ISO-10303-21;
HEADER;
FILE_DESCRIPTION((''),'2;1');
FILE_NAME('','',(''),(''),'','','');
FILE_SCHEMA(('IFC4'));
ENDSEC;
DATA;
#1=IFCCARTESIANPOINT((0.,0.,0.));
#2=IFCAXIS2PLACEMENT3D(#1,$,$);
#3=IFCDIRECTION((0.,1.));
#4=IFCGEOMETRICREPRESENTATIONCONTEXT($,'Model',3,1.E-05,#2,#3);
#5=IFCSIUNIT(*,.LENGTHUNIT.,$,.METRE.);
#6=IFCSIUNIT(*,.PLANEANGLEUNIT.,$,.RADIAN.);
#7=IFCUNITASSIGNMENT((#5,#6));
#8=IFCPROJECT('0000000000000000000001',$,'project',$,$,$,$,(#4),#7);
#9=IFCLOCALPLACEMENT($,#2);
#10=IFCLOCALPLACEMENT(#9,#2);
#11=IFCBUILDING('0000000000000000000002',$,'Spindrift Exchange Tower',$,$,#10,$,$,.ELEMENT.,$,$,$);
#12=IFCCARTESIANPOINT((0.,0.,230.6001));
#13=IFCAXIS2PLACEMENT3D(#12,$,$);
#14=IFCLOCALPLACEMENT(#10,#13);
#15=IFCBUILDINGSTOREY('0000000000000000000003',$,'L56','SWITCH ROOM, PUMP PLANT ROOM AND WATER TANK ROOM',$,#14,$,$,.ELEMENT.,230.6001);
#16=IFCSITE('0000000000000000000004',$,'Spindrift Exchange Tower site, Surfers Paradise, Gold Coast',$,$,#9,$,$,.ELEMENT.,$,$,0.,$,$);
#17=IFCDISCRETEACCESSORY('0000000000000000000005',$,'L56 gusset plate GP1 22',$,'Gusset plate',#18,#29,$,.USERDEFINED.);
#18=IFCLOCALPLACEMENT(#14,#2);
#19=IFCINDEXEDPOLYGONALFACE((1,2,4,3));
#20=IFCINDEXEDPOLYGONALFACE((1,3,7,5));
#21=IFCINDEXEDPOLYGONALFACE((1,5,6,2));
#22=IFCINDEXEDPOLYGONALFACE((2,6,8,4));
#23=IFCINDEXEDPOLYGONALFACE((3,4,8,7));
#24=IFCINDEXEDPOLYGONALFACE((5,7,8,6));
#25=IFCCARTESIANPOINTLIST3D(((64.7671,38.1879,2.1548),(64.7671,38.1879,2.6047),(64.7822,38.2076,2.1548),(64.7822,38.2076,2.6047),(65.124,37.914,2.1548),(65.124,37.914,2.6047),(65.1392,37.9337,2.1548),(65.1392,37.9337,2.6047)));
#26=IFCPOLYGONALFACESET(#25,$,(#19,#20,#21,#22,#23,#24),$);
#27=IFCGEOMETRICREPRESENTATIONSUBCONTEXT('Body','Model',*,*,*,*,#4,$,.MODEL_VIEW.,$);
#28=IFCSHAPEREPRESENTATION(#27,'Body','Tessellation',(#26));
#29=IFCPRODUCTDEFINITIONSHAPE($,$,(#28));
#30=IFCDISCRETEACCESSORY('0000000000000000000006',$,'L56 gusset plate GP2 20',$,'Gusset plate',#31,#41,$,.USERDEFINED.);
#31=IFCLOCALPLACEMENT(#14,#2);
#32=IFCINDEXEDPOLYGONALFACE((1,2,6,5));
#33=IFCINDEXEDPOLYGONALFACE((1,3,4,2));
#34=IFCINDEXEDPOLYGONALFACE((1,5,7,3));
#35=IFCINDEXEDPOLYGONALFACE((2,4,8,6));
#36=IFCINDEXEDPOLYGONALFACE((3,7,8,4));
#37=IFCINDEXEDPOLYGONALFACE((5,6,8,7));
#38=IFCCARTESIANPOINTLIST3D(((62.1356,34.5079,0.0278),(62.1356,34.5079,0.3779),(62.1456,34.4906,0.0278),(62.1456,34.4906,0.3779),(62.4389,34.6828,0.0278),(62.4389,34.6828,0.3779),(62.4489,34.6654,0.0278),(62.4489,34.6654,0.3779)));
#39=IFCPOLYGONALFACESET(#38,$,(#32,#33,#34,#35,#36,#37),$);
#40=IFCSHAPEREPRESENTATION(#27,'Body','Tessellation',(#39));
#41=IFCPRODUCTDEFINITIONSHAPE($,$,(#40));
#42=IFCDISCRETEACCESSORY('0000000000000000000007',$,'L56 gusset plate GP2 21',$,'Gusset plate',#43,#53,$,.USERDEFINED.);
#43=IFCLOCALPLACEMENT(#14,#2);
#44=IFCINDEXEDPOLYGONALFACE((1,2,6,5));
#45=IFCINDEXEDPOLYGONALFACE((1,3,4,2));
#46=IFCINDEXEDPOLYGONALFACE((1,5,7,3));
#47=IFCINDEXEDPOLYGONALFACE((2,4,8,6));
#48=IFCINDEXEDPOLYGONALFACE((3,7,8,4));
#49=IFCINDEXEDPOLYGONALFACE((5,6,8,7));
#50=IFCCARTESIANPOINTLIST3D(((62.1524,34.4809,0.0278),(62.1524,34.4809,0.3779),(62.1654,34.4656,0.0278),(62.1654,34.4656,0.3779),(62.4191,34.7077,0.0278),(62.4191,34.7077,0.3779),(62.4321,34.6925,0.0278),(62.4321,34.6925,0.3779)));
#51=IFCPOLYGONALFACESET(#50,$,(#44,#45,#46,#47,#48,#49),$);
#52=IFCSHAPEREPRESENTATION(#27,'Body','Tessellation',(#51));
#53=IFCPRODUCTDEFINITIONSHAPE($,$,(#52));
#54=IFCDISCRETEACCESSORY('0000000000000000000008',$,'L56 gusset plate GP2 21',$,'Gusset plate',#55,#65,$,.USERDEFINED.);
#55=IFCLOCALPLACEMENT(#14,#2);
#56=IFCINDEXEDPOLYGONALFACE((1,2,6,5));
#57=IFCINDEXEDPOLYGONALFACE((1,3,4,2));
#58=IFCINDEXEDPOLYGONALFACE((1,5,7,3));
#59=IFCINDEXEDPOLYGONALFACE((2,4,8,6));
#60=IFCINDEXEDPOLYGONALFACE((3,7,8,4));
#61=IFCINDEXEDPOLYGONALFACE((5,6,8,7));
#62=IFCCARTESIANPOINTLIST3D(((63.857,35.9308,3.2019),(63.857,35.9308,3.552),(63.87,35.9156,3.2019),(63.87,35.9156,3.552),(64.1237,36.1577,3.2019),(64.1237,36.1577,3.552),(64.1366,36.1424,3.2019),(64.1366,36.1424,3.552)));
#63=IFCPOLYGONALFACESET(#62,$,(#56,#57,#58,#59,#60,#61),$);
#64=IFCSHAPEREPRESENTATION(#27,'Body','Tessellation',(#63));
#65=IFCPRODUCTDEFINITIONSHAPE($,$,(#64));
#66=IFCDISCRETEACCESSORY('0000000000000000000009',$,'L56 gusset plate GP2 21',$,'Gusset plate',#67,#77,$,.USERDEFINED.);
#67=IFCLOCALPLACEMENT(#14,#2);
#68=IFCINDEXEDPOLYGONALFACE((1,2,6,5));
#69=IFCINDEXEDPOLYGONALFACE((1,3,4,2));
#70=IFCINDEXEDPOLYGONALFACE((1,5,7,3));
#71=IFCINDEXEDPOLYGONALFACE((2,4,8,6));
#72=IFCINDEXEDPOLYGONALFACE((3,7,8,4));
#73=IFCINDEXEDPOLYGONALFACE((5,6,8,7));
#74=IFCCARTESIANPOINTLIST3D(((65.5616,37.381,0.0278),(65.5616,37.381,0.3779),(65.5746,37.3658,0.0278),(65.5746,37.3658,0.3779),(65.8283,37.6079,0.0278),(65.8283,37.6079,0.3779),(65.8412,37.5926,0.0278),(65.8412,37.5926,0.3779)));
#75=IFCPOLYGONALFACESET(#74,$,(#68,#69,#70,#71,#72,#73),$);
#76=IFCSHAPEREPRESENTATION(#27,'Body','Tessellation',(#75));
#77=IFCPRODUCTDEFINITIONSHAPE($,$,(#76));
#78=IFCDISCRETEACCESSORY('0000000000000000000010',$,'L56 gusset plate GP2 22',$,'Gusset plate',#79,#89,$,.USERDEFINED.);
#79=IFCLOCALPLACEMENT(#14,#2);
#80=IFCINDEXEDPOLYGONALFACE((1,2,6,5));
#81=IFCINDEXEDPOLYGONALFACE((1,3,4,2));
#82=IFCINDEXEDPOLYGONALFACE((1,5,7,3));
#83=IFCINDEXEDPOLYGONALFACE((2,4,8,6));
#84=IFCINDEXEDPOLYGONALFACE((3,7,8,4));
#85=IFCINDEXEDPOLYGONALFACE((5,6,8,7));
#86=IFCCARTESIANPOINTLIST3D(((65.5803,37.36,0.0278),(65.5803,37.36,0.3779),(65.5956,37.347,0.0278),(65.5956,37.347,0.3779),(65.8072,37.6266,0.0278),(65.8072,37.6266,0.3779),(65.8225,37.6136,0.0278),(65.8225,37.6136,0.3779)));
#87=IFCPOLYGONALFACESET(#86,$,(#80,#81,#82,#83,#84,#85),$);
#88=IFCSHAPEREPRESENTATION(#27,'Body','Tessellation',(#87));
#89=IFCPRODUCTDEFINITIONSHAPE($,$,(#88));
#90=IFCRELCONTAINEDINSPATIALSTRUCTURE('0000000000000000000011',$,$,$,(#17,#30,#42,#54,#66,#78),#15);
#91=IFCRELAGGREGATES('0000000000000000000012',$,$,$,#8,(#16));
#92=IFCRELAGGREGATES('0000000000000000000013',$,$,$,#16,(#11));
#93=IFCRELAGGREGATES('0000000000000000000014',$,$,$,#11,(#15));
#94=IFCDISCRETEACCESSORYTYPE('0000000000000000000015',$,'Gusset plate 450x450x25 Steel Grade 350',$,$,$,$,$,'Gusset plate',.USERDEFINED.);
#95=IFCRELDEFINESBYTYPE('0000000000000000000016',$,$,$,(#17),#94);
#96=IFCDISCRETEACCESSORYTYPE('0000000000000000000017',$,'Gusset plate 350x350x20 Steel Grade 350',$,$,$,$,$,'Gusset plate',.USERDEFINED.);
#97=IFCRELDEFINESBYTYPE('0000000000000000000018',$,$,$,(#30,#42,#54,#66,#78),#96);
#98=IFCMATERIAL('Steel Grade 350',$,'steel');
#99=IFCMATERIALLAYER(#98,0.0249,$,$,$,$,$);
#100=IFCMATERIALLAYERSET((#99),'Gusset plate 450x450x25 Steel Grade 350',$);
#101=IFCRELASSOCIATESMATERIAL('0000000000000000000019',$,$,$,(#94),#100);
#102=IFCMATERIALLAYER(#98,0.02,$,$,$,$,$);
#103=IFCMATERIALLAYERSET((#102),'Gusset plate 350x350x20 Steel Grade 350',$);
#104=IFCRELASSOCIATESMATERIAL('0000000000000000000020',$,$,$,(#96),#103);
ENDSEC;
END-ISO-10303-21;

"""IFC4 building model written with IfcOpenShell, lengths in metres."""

from ifc_helpers import new_model, si_unit, direction, frame, origin, origin_2d, place, context, subcontext, project, spatial, rectangle, extrude, source, transform, mapped, material, layer, layer_set, type_object, element, save


model = new_model("IFC4")

# Units and contexts
model_context = context("Model", 3, precision=1e-05, world=origin(), true_north=direction((0.0, 1.0)))
body_context = subcontext(model_context, "Body", "Model", "MODEL_VIEW")
ifc_project = project(units=[si_unit("LENGTHUNIT", "METRE"), si_unit("PLANEANGLEUNIT", "RADIAN")], contexts=[model_context])

# Site, building, storey
site_placement = place(None, origin())
site = spatial("IfcSite", under=ifc_project, at=site_placement, Name="Spindrift Exchange Tower site, Surfers Paradise, Gold Coast", CompositionType="ELEMENT", RefElevation=0.0)
building_placement = place(site_placement, origin())
building = spatial("IfcBuilding", under=site, at=building_placement, Name="Spindrift Exchange Tower", CompositionType="ELEMENT")
storey_placement = place(building_placement, frame((0.0, 0.0, 230.6001)))
storey = spatial("IfcBuildingStorey", under=building, at=storey_placement, Name="L56", Description="SWITCH ROOM, PUMP PLANT ROOM AND WATER TANK ROOM", CompositionType="ELEMENT", Elevation=230.6001)

# Shared definitions
ifc_material_1 = material(Name="Steel Grade 350", Category="steel")

# Discrete accessories
ifc_layer_1 = layer(ifc_material_1, 0.0249)
ifc_layer_set_1 = layer_set([ifc_layer_1], Name="Gusset plate 450x450x25 Steel Grade 350")
discrete_accessory_type_1 = type_object("IfcDiscreteAccessoryType", Name="Gusset plate 450x450x25 Steel Grade 350", ElementType="Gusset plate", PredefinedType="USERDEFINED", material=ifc_layer_set_1)
shared_shape_1 = source(origin(), body_context, "Body", "SweptSolid", [
    extrude(rectangle(XDim=0.45, YDim=0.0249, at=origin_2d()), origin(), (0.0, 0.0, 1.0), 0.45),
])
for number, where, z_axis, x_axis, name in (
    (1, (64.9531, 38.0608, 2.1548), (0.0, 0.0, 1.0), (0.793353, -0.608761, 0.0), "L56 gusset plate GP1 22"),
):
    element("IfcDiscreteAccessory", number, at=place(storey_placement, frame(where, z_axis=z_axis, x_axis=x_axis)), inside=storey, type_object=discrete_accessory_type_1, Name=name, ObjectType="Gusset plate", PredefinedType="USERDEFINED", context=body_context, shape_type="MappedRepresentation", body=[
        mapped(shared_shape_1, transform((0.0, 0.0, 0.0), scale=1.0)),
    ])
ifc_layer_2 = layer(ifc_material_1, 0.02)
ifc_layer_set_2 = layer_set([ifc_layer_2], Name="Gusset plate 350x350x20 Steel Grade 350")
discrete_accessory_type_2 = type_object("IfcDiscreteAccessoryType", Name="Gusset plate 350x350x20 Steel Grade 350", ElementType="Gusset plate", PredefinedType="USERDEFINED", material=ifc_layer_set_2)
shared_shape_2 = source(origin(), body_context, "Body", "SweptSolid", [
    extrude(rectangle(XDim=0.3501, YDim=0.02, at=origin_2d()), origin(), (0.0, 0.0, 1.0), 0.3501),
])
for number, where, z_axis, x_axis, name in (
    (2, (62.2922, 34.5867, 0.0278), (0.0, 0.0, 1.0), (0.866363, 0.499415, 0.0), "L56 gusset plate GP2 20"),
    (3, (62.2922, 34.5867, 0.0278), (0.0, 0.0, 1.0), (0.76168, 0.647954, 0.0), "L56 gusset plate GP2 21"),
    (4, (63.9968, 36.0366, 3.2019), (0.0, 0.0, 1.0), (0.76168, 0.647954, 0.0), "L56 gusset plate GP2 21"),
    (5, (65.7014, 37.4868, 0.0278), (0.0, 0.0, 1.0), (0.76168, 0.647954, 0.0), "L56 gusset plate GP2 21"),
    (6, (65.7014, 37.4868, 0.0278), (0.0, 0.0, 1.0), (0.648067, 0.761584, 0.0), "L56 gusset plate GP2 22"),
):
    element("IfcDiscreteAccessory", number, at=place(storey_placement, frame(where, z_axis=z_axis, x_axis=x_axis)), inside=storey, type_object=discrete_accessory_type_2, Name=name, ObjectType="Gusset plate", PredefinedType="USERDEFINED", context=body_context, shape_type="MappedRepresentation", body=[
        mapped(shared_shape_2, transform((0.0, 0.0, 0.0), scale=1.0)),
    ])

save(model, "model.ifc")
